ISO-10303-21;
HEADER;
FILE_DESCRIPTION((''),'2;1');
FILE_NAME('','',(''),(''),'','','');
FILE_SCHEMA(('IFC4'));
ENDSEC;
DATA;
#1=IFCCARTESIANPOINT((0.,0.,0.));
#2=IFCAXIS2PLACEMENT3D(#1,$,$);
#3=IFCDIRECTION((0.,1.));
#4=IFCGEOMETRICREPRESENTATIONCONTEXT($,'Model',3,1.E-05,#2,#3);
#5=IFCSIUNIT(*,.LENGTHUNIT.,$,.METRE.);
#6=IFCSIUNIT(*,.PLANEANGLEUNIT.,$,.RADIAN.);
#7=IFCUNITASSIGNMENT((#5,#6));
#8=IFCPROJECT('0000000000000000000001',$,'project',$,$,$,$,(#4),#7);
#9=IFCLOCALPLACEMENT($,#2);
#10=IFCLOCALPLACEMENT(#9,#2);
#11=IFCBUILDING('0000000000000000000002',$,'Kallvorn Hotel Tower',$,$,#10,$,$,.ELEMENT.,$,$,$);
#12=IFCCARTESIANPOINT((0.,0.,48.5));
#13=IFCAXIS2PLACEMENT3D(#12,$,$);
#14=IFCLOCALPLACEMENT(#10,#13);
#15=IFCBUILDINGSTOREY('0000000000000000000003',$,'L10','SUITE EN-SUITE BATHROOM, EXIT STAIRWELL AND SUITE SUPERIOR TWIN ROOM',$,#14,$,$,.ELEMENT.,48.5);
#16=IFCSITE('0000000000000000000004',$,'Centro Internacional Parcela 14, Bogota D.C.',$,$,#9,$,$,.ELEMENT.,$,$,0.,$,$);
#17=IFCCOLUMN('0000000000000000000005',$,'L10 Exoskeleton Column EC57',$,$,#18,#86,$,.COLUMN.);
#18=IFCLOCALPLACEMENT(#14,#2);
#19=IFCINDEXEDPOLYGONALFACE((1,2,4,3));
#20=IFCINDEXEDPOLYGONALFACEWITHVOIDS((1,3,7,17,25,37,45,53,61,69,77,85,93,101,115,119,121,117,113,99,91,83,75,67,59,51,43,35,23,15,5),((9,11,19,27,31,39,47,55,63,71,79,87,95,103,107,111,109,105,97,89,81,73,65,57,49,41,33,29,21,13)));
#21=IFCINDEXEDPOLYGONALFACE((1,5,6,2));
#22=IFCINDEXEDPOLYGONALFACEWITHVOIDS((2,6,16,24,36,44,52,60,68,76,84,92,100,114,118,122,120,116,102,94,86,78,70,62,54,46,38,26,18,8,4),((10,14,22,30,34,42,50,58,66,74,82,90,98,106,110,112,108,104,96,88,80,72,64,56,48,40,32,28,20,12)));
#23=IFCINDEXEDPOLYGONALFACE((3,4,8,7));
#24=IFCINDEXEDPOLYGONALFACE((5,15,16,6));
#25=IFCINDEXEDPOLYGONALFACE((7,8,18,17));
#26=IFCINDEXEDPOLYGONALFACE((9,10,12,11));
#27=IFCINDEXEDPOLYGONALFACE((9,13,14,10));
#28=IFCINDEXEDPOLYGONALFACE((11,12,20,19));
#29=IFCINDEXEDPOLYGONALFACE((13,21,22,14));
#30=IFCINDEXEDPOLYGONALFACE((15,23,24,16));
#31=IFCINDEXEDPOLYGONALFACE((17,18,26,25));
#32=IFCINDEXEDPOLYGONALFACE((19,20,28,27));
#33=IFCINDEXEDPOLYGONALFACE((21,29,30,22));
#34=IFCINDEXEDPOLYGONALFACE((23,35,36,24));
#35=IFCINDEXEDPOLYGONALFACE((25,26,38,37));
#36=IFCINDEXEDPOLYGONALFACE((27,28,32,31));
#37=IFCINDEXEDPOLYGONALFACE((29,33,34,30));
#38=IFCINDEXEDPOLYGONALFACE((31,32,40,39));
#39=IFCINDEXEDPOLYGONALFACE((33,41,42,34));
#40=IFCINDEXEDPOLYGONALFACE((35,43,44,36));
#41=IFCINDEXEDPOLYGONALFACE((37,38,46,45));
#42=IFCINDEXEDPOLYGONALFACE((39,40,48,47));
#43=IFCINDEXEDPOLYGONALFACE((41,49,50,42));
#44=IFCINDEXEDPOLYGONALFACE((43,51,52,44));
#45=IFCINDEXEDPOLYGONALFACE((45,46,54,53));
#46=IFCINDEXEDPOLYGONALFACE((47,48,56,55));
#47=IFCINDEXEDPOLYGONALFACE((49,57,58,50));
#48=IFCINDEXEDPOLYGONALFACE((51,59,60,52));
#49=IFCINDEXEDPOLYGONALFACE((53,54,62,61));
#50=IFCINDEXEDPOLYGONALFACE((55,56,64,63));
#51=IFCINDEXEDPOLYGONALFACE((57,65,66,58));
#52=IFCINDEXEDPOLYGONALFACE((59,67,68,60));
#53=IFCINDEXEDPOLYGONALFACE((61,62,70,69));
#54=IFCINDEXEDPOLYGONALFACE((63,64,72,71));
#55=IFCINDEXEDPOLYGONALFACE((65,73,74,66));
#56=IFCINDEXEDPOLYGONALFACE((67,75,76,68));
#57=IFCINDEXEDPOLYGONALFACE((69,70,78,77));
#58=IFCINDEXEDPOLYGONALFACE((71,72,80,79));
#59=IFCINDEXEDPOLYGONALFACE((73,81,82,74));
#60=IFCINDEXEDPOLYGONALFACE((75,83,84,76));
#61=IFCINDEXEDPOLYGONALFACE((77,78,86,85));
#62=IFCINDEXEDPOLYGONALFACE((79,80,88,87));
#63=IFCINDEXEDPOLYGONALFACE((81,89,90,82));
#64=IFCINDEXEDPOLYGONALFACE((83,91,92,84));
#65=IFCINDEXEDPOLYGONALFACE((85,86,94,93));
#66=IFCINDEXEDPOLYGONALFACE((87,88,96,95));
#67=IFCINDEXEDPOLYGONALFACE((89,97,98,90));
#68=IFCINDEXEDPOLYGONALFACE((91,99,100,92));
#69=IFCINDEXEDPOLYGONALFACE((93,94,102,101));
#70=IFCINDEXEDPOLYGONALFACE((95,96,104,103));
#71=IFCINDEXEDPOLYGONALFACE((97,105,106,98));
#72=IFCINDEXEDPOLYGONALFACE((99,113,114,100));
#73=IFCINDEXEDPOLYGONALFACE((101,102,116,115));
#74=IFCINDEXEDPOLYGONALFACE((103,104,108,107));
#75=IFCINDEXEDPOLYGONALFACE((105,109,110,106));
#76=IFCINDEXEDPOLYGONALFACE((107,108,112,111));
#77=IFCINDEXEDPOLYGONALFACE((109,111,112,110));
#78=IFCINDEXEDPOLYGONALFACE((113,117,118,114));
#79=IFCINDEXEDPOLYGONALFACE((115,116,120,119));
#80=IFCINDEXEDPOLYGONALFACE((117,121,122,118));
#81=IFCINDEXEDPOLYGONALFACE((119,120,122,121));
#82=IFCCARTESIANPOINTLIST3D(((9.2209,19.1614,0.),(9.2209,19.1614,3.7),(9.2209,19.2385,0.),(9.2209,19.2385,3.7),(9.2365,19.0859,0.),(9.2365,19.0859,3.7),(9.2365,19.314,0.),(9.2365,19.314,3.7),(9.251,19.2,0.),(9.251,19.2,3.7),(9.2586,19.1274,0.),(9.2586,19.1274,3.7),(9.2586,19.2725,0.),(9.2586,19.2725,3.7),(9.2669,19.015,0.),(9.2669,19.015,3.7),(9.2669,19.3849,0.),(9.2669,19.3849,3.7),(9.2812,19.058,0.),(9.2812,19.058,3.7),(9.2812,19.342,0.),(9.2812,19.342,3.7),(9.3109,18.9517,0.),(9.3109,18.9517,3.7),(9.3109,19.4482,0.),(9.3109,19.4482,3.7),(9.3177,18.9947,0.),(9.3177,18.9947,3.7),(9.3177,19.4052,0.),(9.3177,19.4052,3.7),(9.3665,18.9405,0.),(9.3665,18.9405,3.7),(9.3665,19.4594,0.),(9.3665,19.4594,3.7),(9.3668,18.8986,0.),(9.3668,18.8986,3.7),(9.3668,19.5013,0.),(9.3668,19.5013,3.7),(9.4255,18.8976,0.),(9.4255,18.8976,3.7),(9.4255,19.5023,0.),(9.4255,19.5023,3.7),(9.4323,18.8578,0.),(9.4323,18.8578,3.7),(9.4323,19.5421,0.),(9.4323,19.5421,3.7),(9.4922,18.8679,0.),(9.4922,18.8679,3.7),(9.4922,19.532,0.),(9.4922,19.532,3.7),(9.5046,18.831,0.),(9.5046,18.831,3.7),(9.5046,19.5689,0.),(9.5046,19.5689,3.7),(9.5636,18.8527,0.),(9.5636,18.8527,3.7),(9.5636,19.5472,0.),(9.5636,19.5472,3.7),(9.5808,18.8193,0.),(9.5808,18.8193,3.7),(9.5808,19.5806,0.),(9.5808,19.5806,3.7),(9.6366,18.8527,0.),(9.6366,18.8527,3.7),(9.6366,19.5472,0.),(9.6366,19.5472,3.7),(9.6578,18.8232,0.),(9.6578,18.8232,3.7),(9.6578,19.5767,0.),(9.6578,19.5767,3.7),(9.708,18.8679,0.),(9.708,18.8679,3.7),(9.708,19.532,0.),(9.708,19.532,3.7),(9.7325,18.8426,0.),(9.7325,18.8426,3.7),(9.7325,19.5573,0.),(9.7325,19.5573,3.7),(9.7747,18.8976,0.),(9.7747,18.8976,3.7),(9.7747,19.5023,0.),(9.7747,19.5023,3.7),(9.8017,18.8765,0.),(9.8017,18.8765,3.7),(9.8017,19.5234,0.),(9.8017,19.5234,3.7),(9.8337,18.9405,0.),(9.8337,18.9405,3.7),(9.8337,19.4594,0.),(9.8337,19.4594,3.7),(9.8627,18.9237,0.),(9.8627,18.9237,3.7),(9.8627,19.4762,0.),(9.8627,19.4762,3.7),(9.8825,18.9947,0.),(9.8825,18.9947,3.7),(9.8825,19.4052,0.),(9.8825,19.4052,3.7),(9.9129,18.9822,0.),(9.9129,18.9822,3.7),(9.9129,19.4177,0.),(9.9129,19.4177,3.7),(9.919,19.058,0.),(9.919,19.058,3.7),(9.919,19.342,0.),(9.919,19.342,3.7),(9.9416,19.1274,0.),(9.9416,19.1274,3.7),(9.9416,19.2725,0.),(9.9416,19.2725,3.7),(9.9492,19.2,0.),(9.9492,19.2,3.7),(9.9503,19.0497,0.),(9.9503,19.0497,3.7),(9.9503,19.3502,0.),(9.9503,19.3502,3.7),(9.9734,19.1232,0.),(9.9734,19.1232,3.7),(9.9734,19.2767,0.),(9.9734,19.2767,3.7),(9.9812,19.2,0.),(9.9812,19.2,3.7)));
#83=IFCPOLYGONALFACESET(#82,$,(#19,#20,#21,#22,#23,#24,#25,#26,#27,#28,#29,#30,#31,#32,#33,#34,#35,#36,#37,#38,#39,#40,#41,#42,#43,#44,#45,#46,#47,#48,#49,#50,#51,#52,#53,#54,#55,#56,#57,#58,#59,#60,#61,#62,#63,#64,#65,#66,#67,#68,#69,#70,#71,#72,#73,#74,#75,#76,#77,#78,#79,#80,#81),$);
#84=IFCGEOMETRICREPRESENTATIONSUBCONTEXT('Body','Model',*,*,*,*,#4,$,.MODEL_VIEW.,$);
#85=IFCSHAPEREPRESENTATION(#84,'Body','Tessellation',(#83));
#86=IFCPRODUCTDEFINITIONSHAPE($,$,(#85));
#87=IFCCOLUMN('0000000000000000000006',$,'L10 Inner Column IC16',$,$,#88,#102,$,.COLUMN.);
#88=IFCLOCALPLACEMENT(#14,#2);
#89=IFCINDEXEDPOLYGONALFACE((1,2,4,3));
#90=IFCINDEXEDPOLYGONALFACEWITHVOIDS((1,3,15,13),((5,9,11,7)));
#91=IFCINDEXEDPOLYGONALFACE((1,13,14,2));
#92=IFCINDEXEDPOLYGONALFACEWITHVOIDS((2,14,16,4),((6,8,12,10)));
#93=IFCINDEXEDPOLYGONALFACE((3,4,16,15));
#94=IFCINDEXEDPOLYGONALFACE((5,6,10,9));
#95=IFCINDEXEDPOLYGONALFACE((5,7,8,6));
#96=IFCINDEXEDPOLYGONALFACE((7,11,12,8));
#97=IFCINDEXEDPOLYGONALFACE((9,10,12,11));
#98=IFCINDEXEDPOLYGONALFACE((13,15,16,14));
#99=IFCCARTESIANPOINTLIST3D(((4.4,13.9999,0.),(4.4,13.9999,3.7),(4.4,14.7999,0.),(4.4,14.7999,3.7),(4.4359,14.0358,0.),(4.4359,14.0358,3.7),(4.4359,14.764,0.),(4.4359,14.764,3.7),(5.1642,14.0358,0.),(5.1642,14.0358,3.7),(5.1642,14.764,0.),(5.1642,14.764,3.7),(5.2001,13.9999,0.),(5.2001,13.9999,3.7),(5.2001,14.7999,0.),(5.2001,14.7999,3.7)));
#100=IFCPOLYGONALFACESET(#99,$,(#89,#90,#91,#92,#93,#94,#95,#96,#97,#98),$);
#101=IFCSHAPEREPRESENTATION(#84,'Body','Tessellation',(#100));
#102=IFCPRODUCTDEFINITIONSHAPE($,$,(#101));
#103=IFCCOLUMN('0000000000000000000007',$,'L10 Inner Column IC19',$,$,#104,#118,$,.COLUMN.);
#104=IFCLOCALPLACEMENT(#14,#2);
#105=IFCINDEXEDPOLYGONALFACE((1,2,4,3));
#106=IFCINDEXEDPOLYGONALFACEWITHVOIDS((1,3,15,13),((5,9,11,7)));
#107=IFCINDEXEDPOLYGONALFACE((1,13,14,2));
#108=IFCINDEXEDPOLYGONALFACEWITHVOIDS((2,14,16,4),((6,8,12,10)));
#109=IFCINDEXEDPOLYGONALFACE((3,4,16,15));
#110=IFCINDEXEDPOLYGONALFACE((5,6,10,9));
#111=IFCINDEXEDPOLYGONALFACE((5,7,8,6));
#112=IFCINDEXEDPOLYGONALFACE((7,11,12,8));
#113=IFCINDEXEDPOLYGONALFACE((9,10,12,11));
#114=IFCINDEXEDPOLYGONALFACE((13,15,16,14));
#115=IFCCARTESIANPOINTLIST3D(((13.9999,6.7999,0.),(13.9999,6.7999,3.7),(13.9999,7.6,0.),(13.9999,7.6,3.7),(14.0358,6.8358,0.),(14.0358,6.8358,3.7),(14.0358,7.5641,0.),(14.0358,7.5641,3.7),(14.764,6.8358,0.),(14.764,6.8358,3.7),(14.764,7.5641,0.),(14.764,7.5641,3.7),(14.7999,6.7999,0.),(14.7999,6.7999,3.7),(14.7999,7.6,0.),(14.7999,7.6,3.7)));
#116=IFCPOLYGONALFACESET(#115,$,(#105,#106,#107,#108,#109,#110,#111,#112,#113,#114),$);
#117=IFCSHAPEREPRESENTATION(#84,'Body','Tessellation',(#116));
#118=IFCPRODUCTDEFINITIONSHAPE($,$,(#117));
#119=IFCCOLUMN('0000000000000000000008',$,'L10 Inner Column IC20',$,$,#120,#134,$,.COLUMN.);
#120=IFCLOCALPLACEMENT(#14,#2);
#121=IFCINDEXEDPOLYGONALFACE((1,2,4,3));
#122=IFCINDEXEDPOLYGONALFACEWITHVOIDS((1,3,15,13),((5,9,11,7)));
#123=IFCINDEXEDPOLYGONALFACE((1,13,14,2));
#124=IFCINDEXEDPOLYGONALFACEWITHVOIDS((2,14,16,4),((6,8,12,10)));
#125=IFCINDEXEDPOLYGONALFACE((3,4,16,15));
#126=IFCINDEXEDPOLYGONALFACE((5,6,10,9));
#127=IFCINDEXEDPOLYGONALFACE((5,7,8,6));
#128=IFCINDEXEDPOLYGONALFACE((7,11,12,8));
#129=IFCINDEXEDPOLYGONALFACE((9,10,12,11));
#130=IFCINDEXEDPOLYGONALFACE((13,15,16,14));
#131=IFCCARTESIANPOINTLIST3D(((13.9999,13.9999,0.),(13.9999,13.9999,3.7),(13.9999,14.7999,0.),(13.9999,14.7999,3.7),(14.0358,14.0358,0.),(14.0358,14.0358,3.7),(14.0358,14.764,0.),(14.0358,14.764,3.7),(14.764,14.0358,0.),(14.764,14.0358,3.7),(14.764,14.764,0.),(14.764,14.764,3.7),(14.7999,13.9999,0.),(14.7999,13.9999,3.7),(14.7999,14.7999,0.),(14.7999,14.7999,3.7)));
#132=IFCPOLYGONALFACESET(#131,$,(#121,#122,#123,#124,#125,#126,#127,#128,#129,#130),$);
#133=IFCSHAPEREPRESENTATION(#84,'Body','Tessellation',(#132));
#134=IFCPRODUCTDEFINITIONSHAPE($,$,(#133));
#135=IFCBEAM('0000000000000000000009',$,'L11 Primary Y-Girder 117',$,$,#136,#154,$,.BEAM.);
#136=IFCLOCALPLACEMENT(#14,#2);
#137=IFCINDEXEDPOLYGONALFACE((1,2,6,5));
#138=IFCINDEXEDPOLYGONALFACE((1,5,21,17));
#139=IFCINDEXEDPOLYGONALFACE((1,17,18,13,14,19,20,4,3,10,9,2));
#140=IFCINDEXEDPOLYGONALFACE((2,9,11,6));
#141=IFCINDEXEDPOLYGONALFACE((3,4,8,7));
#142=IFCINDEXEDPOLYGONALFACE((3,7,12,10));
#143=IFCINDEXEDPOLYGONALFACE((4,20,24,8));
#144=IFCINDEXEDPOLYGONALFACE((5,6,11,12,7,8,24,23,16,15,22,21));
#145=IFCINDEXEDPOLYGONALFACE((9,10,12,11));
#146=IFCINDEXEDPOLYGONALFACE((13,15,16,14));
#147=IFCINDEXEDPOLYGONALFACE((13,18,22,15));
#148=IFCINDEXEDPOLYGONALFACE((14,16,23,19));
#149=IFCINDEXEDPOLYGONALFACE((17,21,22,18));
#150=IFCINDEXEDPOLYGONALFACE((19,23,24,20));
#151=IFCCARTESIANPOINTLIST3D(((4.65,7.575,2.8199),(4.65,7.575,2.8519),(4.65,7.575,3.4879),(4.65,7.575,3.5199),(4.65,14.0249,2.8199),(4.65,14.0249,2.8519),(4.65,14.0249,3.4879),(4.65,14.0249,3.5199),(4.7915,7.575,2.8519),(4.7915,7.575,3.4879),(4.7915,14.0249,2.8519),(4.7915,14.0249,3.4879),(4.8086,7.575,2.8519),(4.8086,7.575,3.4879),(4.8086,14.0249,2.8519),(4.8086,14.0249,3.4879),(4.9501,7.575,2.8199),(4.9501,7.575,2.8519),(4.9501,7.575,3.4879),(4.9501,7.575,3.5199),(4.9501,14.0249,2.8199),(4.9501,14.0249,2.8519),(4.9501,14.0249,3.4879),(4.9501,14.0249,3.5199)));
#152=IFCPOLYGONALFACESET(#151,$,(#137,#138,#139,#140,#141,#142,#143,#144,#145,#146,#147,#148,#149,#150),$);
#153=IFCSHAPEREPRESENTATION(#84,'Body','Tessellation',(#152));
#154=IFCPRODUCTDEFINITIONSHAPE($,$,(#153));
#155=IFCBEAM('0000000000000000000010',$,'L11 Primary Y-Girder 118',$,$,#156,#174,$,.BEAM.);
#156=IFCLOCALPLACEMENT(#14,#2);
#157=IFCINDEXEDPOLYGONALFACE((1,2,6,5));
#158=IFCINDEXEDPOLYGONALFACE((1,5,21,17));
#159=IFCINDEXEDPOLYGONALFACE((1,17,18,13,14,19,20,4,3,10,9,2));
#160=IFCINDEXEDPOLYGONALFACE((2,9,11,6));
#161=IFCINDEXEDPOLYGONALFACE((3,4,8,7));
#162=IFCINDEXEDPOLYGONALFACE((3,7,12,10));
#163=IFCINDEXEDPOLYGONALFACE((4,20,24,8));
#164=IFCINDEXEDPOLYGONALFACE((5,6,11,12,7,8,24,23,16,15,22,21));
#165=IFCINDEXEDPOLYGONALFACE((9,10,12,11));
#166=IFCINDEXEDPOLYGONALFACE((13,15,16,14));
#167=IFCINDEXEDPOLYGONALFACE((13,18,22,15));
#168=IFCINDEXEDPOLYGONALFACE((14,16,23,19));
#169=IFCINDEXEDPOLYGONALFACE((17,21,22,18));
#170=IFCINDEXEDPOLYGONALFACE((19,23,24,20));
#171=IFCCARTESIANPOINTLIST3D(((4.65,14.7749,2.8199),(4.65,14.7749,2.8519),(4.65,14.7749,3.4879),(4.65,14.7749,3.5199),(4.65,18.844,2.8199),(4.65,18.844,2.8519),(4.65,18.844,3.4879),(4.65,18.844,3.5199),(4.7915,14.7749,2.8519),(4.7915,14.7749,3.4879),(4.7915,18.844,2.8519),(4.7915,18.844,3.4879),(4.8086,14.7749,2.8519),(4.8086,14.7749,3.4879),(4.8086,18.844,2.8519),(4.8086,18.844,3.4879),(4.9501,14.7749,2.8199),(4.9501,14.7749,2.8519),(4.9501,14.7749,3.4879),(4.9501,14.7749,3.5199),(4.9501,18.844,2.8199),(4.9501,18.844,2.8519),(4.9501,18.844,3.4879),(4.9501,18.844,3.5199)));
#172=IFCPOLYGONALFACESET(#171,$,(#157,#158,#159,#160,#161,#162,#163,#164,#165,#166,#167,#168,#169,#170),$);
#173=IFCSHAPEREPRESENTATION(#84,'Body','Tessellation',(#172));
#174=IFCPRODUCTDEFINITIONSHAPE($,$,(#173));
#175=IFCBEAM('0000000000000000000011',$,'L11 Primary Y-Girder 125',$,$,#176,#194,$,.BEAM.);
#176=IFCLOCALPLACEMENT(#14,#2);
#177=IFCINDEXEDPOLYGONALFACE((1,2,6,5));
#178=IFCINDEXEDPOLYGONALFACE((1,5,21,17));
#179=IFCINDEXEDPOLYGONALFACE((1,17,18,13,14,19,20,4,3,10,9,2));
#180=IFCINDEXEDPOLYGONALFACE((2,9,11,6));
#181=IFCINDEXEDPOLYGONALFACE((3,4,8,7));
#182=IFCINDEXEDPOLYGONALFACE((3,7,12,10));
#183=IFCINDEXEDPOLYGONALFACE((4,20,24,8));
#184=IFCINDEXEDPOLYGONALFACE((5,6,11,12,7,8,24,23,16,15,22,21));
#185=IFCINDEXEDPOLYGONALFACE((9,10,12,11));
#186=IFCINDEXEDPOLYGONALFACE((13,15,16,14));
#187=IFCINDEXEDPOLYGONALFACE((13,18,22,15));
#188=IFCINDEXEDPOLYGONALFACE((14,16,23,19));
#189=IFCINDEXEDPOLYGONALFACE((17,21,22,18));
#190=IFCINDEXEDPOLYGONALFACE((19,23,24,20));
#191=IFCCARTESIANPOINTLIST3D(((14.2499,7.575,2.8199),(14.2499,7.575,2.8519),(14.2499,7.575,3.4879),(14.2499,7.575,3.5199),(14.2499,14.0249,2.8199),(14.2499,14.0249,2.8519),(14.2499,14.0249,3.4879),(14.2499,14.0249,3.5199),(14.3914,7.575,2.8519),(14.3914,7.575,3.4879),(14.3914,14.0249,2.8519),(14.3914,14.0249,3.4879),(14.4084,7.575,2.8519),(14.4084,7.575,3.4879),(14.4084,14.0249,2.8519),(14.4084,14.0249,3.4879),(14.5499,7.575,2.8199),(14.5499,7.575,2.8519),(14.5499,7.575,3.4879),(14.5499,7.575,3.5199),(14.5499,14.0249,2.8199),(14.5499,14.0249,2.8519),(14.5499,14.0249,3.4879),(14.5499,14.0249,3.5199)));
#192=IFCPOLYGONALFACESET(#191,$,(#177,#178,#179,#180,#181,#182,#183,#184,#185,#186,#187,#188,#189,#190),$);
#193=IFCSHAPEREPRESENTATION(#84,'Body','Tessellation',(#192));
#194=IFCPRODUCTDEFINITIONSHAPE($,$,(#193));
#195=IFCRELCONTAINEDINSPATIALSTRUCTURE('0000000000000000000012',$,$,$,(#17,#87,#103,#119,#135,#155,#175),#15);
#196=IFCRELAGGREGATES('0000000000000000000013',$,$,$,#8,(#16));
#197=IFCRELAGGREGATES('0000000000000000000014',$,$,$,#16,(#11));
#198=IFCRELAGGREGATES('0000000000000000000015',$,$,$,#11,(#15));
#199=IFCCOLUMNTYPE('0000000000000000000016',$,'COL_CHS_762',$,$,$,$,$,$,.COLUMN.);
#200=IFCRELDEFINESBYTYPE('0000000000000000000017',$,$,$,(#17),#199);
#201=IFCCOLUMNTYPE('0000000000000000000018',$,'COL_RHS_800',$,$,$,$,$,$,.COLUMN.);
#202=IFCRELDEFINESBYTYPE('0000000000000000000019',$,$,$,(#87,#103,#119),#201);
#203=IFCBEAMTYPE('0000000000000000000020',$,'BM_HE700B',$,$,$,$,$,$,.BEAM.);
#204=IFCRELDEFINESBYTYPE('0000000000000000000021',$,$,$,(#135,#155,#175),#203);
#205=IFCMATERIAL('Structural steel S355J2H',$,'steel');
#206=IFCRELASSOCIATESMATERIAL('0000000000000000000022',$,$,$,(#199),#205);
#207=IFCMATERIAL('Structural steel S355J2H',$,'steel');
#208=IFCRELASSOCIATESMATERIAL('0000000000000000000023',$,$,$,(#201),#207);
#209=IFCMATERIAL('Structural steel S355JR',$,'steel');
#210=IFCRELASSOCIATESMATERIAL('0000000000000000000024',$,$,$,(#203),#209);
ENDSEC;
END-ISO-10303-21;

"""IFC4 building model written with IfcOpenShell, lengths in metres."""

from ifc_helpers import new_model, si_unit, direction, frame, origin, origin_2d, place, context, subcontext, project, spatial, hollow_rectangle, hollow_circle, i_section, extrude, material, material_profile, profile_set, type_object, element, save


model = new_model("IFC4")

# Units and contexts
model_context = context("Model", 3, precision=1e-05, world=origin(), true_north=direction((0.0, 1.0)))
body_context = subcontext(model_context, "Body", "Model", "MODEL_VIEW")
ifc_project = project(units=[si_unit("LENGTHUNIT", "METRE"), si_unit("PLANEANGLEUNIT", "RADIAN")], contexts=[model_context])

# Site, building, storey
site_placement = place(None, origin())
site = spatial("IfcSite", under=ifc_project, at=site_placement, Name="Centro Internacional Parcela 14, Bogota D.C.", CompositionType="ELEMENT", RefElevation=0.0)
building_placement = place(site_placement, origin())
building = spatial("IfcBuilding", under=site, at=building_placement, Name="Kallvorn Hotel Tower", CompositionType="ELEMENT")
storey_placement = place(building_placement, frame((0.0, 0.0, 48.5)))
storey = spatial("IfcBuildingStorey", under=building, at=storey_placement, Name="L10", Description="SUITE EN-SUITE BATHROOM, EXIT STAIRWELL AND SUITE SUPERIOR TWIN ROOM", CompositionType="ELEMENT", Elevation=48.5)

# Columns
ifc_material_1 = material(Name="Structural steel S355J2H", Category="steel")
ifc_material_profile_1 = material_profile(ifc_material_1, hollow_circle(Radius=0.3811, WallThickness=0.032, at=origin_2d()), Name="CHS 762x32")
ifc_profile_set_1 = profile_set([ifc_material_profile_1], Name="Structural steel S355J2H")
column_type_1 = type_object("IfcColumnType", Name="COL_CHS_762", PredefinedType="COLUMN", material=ifc_profile_set_1)
for number, where, z_axis, x_axis, name in (
    (1, (9.6001, 19.2, 0.0), (0.0, 0.0, 1.0), (1.0, 0.0, 0.0), "L10 Exoskeleton Column EC57"),
):
    element("IfcColumn", number, at=place(storey_placement, frame(where, z_axis=z_axis, x_axis=x_axis)), inside=storey, type_object=column_type_1, Name=name, PredefinedType="COLUMN", context=body_context, shape_type="SweptSolid", body=[
        extrude(hollow_circle(Radius=0.3811, WallThickness=0.032, at=origin_2d()), origin(), (0.0, 0.0, 1.0), 3.7),
    ])
ifc_material_2 = material(Name="Structural steel S355J2H", Category="steel")
ifc_material_profile_2 = material_profile(ifc_material_2, hollow_rectangle(XDim=0.8, YDim=0.8, WallThickness=0.0359, at=origin_2d()), Name="RHS 800x800x36")
ifc_profile_set_2 = profile_set([ifc_material_profile_2], Name="Structural steel S355J2H")
column_type_2 = type_object("IfcColumnType", Name="COL_RHS_800", PredefinedType="COLUMN", material=ifc_profile_set_2)
for number, where, z_axis, x_axis, name in (
    (2, (4.8, 14.3999, 0.0), (0.0, 0.0, 1.0), (1.0, 0.0, 0.0), "L10 Inner Column IC16"),
    (3, (14.3999, 7.2, 0.0), (0.0, 0.0, 1.0), (1.0, 0.0, 0.0), "L10 Inner Column IC19"),
    (4, (14.3999, 14.3999, 0.0), (0.0, 0.0, 1.0), (1.0, 0.0, 0.0), "L10 Inner Column IC20"),
):
    element("IfcColumn", number, at=place(storey_placement, frame(where, z_axis=z_axis, x_axis=x_axis)), inside=storey, type_object=column_type_2, Name=name, PredefinedType="COLUMN", context=body_context, shape_type="SweptSolid", body=[
        extrude(hollow_rectangle(XDim=0.8, YDim=0.8, WallThickness=0.0359, at=origin_2d()), origin(), (0.0, 0.0, 1.0), 3.7),
    ])

# Beams
ifc_material_3 = material(Name="Structural steel S355JR", Category="steel")
ifc_material_profile_3 = material_profile(ifc_material_3, i_section(OverallWidth=0.3, OverallDepth=0.7, WebThickness=0.0171, FlangeThickness=0.032, at=origin_2d()), Name="HE 700 B")
ifc_profile_set_3 = profile_set([ifc_material_profile_3], Name="Structural steel S355JR")
beam_type_1 = type_object("IfcBeamType", Name="BM_HE700B", PredefinedType="BEAM", material=ifc_profile_set_3)
beam_1_placement = place(storey_placement, frame((4.8, 7.575, 3.1699), z_axis=(0.0, 1.0, 0.0), x_axis=(-1.0, 0.0, 0.0)))
element("IfcBeam", 5, at=beam_1_placement, inside=storey, type_object=beam_type_1, Name="L11 Primary Y-Girder 117", PredefinedType="BEAM", context=body_context, shape_type="SweptSolid", body=[
    extrude(i_section(OverallWidth=0.3, OverallDepth=0.7, WebThickness=0.0171, FlangeThickness=0.032, at=origin_2d()), origin(), (0.0, 0.0, 1.0), 6.45),
])
beam_2_placement = place(storey_placement, frame((4.8, 14.7749, 3.1699), z_axis=(0.0, 1.0, 0.0), x_axis=(-1.0, 0.0, 0.0)))
element("IfcBeam", 6, at=beam_2_placement, inside=storey, type_object=beam_type_1, Name="L11 Primary Y-Girder 118", PredefinedType="BEAM", context=body_context, shape_type="SweptSolid", body=[
    extrude(i_section(OverallWidth=0.3, OverallDepth=0.7, WebThickness=0.0171, FlangeThickness=0.032, at=origin_2d()), origin(), (0.0, 0.0, 1.0), 4.0691),
])
beam_3_placement = place(storey_placement, frame((14.3999, 7.575, 3.1699), z_axis=(0.0, 1.0, 0.0), x_axis=(-1.0, 0.0, 0.0)))
element("IfcBeam", 7, at=beam_3_placement, inside=storey, type_object=beam_type_1, Name="L11 Primary Y-Girder 125", PredefinedType="BEAM", context=body_context, shape_type="SweptSolid", body=[
    extrude(i_section(OverallWidth=0.3, OverallDepth=0.7, WebThickness=0.0171, FlangeThickness=0.032, at=origin_2d()), origin(), (0.0, 0.0, 1.0), 6.45),
])

save(model, "model.ifc")
